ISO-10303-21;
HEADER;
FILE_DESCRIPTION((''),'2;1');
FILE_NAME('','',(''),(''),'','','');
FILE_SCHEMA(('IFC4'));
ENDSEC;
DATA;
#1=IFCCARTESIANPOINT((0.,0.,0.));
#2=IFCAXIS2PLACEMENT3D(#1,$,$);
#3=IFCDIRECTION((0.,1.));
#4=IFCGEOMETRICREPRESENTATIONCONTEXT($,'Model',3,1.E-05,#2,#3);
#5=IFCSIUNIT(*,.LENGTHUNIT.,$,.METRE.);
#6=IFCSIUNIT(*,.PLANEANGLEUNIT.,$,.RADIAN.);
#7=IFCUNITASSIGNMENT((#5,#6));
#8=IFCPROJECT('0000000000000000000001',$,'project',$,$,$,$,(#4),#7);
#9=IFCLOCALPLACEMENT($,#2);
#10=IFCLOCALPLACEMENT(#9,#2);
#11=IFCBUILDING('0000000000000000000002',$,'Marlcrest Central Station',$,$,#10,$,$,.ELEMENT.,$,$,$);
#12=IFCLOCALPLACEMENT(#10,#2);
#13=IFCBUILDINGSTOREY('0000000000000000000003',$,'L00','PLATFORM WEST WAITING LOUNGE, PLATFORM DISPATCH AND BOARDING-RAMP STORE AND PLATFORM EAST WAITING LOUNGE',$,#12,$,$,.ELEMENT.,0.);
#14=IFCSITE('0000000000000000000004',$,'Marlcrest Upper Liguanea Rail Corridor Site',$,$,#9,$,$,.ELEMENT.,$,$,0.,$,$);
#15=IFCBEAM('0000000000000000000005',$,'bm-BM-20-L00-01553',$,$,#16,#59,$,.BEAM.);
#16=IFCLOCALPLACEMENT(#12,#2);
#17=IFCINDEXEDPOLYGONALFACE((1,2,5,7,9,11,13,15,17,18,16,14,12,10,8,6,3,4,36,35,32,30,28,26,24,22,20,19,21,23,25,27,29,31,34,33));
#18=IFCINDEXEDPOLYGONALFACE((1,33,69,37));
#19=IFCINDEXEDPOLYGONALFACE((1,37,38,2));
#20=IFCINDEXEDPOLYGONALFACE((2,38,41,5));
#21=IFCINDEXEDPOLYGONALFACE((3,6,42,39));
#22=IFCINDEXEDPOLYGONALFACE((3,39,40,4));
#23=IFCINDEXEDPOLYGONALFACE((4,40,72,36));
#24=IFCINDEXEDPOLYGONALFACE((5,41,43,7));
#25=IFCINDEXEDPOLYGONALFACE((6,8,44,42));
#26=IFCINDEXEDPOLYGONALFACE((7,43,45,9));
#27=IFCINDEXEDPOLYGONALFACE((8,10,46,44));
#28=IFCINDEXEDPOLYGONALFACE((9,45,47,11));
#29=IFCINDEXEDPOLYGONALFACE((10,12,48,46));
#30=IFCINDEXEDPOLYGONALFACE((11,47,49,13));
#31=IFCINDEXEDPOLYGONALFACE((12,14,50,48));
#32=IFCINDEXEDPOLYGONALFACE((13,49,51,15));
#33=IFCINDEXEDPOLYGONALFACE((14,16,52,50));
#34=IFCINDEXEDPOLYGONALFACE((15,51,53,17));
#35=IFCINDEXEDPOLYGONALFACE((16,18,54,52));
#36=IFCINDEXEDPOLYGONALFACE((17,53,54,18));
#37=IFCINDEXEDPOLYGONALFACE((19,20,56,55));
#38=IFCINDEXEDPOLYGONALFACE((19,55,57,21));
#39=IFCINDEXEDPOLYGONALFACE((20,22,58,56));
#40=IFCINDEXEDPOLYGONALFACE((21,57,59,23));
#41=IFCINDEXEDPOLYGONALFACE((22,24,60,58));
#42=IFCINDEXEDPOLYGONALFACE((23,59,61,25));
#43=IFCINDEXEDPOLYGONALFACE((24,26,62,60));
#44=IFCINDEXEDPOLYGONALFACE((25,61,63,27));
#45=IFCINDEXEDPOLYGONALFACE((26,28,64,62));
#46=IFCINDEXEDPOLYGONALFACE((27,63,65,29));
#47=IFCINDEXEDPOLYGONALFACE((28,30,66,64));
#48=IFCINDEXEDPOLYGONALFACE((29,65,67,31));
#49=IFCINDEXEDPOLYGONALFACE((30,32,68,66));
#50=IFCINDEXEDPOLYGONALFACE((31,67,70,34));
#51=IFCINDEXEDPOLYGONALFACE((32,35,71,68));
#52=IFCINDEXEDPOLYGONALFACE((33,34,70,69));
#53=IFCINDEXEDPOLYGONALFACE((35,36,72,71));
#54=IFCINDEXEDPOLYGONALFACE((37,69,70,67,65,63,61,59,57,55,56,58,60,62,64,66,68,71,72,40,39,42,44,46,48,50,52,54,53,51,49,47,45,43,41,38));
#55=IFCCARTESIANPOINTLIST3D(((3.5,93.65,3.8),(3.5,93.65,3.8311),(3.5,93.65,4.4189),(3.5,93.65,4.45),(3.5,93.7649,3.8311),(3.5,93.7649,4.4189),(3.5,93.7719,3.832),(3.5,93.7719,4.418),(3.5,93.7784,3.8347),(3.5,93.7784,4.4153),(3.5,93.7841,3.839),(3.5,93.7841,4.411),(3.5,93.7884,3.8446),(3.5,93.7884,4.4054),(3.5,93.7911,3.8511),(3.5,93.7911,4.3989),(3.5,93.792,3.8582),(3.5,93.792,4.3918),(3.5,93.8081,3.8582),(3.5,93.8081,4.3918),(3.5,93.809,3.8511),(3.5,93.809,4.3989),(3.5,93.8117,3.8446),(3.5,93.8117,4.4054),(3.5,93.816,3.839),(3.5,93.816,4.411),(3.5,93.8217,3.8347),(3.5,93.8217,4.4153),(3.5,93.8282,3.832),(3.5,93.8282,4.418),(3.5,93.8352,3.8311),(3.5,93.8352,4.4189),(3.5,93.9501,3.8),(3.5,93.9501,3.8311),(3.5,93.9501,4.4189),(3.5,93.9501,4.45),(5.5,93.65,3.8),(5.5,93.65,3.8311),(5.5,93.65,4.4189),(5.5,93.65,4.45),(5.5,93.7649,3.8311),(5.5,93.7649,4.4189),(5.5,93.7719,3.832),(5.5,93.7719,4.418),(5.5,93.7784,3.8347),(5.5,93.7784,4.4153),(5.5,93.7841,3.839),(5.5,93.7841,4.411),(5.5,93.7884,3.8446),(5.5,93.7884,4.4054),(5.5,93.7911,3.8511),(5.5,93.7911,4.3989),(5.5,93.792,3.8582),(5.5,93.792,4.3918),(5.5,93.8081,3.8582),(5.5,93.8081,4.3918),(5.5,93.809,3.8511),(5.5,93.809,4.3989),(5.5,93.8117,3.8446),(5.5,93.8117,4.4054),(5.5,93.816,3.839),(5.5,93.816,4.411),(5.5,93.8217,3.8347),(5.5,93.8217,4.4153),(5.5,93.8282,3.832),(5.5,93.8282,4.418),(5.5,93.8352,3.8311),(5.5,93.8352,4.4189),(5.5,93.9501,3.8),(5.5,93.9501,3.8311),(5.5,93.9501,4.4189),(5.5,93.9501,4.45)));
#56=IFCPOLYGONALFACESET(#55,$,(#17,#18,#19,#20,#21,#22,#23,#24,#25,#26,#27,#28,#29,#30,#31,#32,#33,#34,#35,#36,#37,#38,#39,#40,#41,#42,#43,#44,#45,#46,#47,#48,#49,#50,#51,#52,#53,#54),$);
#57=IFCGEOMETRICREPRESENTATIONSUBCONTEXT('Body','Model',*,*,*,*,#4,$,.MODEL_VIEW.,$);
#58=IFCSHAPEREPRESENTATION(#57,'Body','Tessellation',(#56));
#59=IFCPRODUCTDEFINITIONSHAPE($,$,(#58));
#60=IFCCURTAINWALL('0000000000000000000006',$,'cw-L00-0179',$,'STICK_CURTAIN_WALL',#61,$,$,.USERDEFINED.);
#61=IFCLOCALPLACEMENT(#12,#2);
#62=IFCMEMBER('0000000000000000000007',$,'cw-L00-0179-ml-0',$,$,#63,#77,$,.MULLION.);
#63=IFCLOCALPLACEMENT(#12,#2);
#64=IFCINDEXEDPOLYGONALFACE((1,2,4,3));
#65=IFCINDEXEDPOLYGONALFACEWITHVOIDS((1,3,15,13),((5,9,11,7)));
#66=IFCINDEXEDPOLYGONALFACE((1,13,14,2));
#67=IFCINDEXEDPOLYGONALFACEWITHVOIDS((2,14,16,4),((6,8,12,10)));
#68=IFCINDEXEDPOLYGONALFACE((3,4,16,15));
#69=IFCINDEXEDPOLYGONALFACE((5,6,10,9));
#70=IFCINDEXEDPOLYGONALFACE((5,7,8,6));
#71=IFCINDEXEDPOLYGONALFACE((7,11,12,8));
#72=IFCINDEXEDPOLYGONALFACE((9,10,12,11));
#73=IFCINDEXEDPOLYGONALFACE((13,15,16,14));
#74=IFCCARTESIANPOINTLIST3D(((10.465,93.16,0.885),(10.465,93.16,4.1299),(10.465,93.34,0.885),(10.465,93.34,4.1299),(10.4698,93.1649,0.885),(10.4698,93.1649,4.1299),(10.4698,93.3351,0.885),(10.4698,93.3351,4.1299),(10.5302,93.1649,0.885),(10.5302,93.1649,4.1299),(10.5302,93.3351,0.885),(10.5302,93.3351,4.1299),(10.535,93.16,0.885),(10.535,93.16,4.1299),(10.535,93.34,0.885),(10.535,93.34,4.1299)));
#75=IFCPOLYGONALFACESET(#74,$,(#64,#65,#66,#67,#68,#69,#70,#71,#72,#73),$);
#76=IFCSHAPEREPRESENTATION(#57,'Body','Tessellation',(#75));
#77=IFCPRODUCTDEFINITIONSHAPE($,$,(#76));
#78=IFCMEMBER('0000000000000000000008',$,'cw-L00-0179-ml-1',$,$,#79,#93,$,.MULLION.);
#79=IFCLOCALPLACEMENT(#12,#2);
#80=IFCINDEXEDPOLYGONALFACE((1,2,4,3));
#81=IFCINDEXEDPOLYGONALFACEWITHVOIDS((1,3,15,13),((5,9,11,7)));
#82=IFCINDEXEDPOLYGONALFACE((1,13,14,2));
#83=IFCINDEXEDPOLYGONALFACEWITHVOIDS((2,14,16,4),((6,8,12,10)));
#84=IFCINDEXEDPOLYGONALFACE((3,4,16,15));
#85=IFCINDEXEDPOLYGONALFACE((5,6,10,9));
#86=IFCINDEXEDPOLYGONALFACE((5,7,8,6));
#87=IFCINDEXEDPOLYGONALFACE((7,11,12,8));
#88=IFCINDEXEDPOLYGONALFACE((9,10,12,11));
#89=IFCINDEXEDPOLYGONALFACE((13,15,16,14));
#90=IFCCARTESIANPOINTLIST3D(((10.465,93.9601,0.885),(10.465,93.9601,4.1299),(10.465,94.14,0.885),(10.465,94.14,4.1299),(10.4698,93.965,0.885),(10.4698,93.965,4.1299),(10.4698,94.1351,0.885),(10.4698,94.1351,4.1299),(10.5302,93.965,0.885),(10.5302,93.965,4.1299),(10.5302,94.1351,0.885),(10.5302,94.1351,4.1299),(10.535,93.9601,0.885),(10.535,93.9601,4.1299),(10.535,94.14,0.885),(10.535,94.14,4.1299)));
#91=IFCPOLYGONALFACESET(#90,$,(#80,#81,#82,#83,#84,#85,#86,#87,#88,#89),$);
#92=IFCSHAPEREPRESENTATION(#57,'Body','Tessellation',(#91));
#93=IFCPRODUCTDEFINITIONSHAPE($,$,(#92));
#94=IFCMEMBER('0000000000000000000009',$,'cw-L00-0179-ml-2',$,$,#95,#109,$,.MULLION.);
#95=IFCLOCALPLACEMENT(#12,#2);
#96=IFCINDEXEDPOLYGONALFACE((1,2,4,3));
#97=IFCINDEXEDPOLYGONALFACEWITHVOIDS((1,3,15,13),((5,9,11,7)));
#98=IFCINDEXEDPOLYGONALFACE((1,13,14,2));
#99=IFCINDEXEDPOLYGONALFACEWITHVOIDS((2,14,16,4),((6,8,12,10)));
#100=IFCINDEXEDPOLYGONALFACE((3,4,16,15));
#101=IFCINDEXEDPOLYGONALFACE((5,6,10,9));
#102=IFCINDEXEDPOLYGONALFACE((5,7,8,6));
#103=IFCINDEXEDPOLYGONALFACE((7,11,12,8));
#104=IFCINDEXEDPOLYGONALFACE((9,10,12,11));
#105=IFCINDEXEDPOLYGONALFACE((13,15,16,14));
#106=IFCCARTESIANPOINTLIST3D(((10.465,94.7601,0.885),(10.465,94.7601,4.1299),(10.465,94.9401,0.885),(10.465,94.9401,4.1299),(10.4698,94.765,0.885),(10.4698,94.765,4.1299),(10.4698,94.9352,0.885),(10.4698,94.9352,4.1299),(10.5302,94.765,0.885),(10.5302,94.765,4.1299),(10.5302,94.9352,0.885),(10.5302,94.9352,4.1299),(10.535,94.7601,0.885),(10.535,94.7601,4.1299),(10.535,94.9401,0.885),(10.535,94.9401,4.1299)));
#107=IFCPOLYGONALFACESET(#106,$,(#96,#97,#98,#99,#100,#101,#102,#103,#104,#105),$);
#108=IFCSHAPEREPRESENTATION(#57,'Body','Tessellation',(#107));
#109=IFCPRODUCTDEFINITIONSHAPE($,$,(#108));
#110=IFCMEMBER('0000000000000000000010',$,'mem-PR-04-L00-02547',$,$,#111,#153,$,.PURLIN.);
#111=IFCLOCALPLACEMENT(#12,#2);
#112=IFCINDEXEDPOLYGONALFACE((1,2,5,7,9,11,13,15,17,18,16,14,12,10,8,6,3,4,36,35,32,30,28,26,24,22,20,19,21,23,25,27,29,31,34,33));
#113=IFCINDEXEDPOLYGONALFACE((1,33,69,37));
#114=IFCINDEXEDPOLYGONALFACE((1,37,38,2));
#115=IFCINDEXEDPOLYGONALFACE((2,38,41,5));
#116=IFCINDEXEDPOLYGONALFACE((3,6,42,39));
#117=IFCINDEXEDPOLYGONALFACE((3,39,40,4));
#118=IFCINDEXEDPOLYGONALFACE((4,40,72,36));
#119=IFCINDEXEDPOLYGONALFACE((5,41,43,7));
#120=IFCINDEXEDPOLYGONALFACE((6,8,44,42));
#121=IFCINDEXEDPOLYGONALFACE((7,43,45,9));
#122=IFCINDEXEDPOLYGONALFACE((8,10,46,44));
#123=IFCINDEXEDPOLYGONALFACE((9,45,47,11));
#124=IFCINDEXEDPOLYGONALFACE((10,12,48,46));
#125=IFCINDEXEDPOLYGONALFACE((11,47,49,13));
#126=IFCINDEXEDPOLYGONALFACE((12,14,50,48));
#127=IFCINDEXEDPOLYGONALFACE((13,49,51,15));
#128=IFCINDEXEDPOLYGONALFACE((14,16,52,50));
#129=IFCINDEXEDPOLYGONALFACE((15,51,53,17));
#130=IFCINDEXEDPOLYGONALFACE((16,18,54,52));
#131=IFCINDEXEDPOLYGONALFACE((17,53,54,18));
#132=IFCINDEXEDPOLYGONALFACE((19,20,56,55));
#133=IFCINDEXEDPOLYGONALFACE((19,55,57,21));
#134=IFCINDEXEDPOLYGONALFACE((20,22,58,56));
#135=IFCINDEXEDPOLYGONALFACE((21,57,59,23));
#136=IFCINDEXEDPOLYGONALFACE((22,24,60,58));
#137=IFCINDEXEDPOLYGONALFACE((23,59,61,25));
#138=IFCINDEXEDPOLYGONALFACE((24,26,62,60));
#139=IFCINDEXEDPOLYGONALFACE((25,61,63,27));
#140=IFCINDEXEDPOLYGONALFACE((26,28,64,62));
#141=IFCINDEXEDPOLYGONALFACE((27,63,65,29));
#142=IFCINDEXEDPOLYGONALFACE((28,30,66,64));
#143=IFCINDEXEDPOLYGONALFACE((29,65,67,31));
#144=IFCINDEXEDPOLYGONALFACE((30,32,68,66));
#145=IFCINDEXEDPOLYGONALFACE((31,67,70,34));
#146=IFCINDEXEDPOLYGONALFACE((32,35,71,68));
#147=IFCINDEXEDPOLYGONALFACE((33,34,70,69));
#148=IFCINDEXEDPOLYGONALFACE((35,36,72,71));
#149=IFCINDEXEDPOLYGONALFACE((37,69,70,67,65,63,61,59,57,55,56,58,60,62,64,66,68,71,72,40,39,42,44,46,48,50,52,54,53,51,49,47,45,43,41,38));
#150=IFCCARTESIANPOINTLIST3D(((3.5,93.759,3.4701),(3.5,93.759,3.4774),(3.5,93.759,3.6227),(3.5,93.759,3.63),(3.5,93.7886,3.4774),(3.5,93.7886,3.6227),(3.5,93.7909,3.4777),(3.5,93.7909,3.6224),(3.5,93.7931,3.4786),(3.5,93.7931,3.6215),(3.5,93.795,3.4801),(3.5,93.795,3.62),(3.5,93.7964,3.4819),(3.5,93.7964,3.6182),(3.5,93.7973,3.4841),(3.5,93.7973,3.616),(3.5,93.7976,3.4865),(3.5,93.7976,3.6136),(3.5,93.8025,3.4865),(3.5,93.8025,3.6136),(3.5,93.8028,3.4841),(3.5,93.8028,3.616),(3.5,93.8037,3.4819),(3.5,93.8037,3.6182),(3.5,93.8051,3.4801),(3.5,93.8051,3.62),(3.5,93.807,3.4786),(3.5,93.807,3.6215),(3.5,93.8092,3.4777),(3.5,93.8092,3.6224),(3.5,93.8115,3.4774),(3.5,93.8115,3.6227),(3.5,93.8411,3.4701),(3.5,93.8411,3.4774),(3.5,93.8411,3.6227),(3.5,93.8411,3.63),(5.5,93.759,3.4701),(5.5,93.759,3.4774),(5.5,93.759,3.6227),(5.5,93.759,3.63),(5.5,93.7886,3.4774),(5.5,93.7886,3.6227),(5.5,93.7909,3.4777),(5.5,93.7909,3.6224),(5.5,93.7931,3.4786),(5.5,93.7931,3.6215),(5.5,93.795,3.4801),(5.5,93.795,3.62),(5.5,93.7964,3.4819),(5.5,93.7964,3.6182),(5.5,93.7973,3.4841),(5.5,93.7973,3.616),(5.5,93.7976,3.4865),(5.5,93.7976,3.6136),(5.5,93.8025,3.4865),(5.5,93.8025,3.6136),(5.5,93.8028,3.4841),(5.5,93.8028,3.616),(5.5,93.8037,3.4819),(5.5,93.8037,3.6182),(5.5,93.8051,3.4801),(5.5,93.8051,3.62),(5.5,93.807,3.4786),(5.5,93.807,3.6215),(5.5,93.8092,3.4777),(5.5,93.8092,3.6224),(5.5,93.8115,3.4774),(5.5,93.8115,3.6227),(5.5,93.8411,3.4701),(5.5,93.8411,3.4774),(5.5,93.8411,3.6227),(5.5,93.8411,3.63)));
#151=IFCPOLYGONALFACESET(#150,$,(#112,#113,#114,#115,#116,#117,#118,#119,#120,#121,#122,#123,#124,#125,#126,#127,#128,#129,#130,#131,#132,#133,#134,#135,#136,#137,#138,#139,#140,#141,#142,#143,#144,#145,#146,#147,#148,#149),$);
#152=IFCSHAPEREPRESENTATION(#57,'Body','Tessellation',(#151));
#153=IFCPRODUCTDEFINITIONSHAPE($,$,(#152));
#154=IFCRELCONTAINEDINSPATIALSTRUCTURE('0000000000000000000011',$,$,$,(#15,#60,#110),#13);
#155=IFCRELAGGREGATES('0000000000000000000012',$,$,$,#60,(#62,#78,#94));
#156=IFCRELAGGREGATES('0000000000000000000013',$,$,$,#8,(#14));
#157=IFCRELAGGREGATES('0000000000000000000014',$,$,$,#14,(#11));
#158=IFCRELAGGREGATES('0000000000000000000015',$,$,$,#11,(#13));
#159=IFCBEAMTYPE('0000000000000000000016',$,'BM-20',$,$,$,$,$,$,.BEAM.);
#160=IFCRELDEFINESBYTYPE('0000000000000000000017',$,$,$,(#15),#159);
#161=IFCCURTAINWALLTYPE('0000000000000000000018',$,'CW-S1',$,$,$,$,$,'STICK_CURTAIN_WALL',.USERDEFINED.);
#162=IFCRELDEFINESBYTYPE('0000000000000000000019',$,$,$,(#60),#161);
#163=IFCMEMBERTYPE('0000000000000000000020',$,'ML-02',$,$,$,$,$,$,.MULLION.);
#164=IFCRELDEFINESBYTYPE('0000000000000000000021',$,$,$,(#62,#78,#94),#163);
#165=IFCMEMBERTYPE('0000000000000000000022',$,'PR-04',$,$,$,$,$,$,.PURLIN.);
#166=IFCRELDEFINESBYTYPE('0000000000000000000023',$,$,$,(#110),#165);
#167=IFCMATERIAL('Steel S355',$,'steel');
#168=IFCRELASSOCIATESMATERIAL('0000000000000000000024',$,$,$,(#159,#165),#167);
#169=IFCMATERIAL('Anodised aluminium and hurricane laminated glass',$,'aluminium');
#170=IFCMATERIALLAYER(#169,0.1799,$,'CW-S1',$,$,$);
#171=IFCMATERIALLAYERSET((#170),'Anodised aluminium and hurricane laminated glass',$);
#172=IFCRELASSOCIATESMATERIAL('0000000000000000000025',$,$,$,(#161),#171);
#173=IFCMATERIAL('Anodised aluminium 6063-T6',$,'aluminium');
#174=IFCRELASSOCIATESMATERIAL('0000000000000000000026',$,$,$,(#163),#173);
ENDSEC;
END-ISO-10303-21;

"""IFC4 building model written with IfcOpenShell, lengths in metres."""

from ifc_helpers import new_model, si_unit, direction, frame, origin, origin_2d, place, context, subcontext, project, spatial, hollow_rectangle, i_section, extrude, material, layer, layer_set, material_profile, profile_set, type_object, element, aggregate, save


model = new_model("IFC4")

# Units and contexts
model_context = context("Model", 3, precision=1e-05, world=origin(), true_north=direction((0.0, 1.0)))
body_context = subcontext(model_context, "Body", "Model", "MODEL_VIEW")
ifc_project = project(units=[si_unit("LENGTHUNIT", "METRE"), si_unit("PLANEANGLEUNIT", "RADIAN")], contexts=[model_context])

# Site, building, storey
site_placement = place(None, origin())
site = spatial("IfcSite", under=ifc_project, at=site_placement, Name="Marlcrest Upper Liguanea Rail Corridor Site", CompositionType="ELEMENT", RefElevation=0.0)
building_placement = place(site_placement, origin())
building = spatial("IfcBuilding", under=site, at=building_placement, Name="Marlcrest Central Station", CompositionType="ELEMENT")
storey_placement = place(building_placement, origin())
storey = spatial("IfcBuildingStorey", under=building, at=storey_placement, Name="L00", Description="PLATFORM WEST WAITING LOUNGE, PLATFORM DISPATCH AND BOARDING-RAMP STORE AND PLATFORM EAST WAITING LOUNGE", CompositionType="ELEMENT", Elevation=0.0)

# Shared definitions
ifc_material_1 = material(Name="Steel S355", Category="steel")

# Beam
ifc_material_profile_1 = material_profile(ifc_material_1, i_section(OverallWidth=0.3, OverallDepth=0.6499, WebThickness=0.0161, FlangeThickness=0.031, FilletRadius=0.0271, at=origin_2d()), Name="HEB 650")
ifc_profile_set_1 = profile_set([ifc_material_profile_1], Name="Steel S355")
beam_type_1 = type_object("IfcBeamType", Name="BM-20", PredefinedType="BEAM", material=ifc_profile_set_1)
beam_placement = place(storey_placement, frame((3.5, 93.8, 4.125), z_axis=(1.0, 0.0, 0.0), x_axis=(0.0, 1.0, 0.0)))
element("IfcBeam", 1, at=beam_placement, inside=storey, type_object=beam_type_1, Name="bm-BM-20-L00-01553", PredefinedType="BEAM", context=body_context, shape_type="SweptSolid", body=[
    extrude(i_section(OverallWidth=0.3, OverallDepth=0.6499, WebThickness=0.0161, FlangeThickness=0.031, FilletRadius=0.0271, at=origin_2d()), origin(), (0.0, 0.0, 1.0), 2.0),
])

# Curtain wall, members
ifc_material_2 = material(Name="Anodised aluminium and hurricane laminated glass", Category="aluminium")
ifc_layer_1 = layer(ifc_material_2, 0.1799, Name="CW-S1")
ifc_layer_set_1 = layer_set([ifc_layer_1], Name="Anodised aluminium and hurricane laminated glass")
curtain_wall_type = type_object("IfcCurtainWallType", Name="CW-S1", ElementType="STICK_CURTAIN_WALL", PredefinedType="USERDEFINED", material=ifc_layer_set_1)
curtain_wall_placement = place(storey_placement, origin())
curtain_wall = element("IfcCurtainWall", 2, at=curtain_wall_placement, inside=storey, type_object=curtain_wall_type, Name="cw-L00-0179", ObjectType="STICK_CURTAIN_WALL", PredefinedType="USERDEFINED")
ifc_material_3 = material(Name="Anodised aluminium 6063-T6", Category="aluminium")
ifc_material_profile_2 = material_profile(ifc_material_3, hollow_rectangle(XDim=0.0701, YDim=0.1799, WallThickness=0.0049, at=origin_2d()), Name="AA-RHS 180x70x5")
ifc_profile_set_2 = profile_set([ifc_material_profile_2], Name="Anodised aluminium 6063-T6")
member_type_1 = type_object("IfcMemberType", Name="ML-02", PredefinedType="MULLION", material=ifc_profile_set_2)
member_1_placement = place(storey_placement, frame((10.5, 93.25, 0.885), z_axis=(0.0, 0.0, 1.0), x_axis=(1.0, 0.0, 0.0)))
member_1 = element("IfcMember", 3, at=member_1_placement, type_object=member_type_1, Name="cw-L00-0179-ml-0", PredefinedType="MULLION", context=body_context, shape_type="SweptSolid", body=[
    extrude(hollow_rectangle(XDim=0.0701, YDim=0.1799, WallThickness=0.0049, at=origin_2d()), origin(), (0.0, 0.0, 1.0), 3.2449),
])
member_2_placement = place(storey_placement, frame((10.5, 94.05, 0.885), z_axis=(0.0, 0.0, 1.0), x_axis=(1.0, 0.0, 0.0)))
member_2 = element("IfcMember", 4, at=member_2_placement, type_object=member_type_1, Name="cw-L00-0179-ml-1", PredefinedType="MULLION", context=body_context, shape_type="SweptSolid", body=[
    extrude(hollow_rectangle(XDim=0.0701, YDim=0.1799, WallThickness=0.0049, at=origin_2d()), origin(), (0.0, 0.0, 1.0), 3.2449),
])
member_3_placement = place(storey_placement, frame((10.5, 94.8501, 0.885), z_axis=(0.0, 0.0, 1.0), x_axis=(1.0, 0.0, 0.0)))
member_3 = element("IfcMember", 5, at=member_3_placement, type_object=member_type_1, Name="cw-L00-0179-ml-2", PredefinedType="MULLION", context=body_context, shape_type="SweptSolid", body=[
    extrude(hollow_rectangle(XDim=0.0701, YDim=0.1799, WallThickness=0.0049, at=origin_2d()), origin(), (0.0, 0.0, 1.0), 3.2449),
])
aggregate(curtain_wall, [member_1, member_2, member_3])

# Member
ifc_material_profile_3 = material_profile(ifc_material_1, i_section(OverallWidth=0.082, OverallDepth=0.1599, WebThickness=0.0049, FlangeThickness=0.0073, FilletRadius=0.009, at=origin_2d()), Name="IPE 160")
ifc_profile_set_3 = profile_set([ifc_material_profile_3], Name="Steel S355")
member_type_2 = type_object("IfcMemberType", Name="PR-04", PredefinedType="PURLIN", material=ifc_profile_set_3)
member_4_placement = place(storey_placement, frame((3.5, 93.8, 3.55), z_axis=(1.0, 0.0, 0.0), x_axis=(0.0, 1.0, 0.0)))
element("IfcMember", 6, at=member_4_placement, inside=storey, type_object=member_type_2, Name="mem-PR-04-L00-02547", PredefinedType="PURLIN", context=body_context, shape_type="SweptSolid", body=[
    extrude(i_section(OverallWidth=0.082, OverallDepth=0.1599, WebThickness=0.0049, FlangeThickness=0.0073, FilletRadius=0.009, at=origin_2d()), origin(), (0.0, 0.0, 1.0), 2.0),
])

save(model, "model.ifc")
